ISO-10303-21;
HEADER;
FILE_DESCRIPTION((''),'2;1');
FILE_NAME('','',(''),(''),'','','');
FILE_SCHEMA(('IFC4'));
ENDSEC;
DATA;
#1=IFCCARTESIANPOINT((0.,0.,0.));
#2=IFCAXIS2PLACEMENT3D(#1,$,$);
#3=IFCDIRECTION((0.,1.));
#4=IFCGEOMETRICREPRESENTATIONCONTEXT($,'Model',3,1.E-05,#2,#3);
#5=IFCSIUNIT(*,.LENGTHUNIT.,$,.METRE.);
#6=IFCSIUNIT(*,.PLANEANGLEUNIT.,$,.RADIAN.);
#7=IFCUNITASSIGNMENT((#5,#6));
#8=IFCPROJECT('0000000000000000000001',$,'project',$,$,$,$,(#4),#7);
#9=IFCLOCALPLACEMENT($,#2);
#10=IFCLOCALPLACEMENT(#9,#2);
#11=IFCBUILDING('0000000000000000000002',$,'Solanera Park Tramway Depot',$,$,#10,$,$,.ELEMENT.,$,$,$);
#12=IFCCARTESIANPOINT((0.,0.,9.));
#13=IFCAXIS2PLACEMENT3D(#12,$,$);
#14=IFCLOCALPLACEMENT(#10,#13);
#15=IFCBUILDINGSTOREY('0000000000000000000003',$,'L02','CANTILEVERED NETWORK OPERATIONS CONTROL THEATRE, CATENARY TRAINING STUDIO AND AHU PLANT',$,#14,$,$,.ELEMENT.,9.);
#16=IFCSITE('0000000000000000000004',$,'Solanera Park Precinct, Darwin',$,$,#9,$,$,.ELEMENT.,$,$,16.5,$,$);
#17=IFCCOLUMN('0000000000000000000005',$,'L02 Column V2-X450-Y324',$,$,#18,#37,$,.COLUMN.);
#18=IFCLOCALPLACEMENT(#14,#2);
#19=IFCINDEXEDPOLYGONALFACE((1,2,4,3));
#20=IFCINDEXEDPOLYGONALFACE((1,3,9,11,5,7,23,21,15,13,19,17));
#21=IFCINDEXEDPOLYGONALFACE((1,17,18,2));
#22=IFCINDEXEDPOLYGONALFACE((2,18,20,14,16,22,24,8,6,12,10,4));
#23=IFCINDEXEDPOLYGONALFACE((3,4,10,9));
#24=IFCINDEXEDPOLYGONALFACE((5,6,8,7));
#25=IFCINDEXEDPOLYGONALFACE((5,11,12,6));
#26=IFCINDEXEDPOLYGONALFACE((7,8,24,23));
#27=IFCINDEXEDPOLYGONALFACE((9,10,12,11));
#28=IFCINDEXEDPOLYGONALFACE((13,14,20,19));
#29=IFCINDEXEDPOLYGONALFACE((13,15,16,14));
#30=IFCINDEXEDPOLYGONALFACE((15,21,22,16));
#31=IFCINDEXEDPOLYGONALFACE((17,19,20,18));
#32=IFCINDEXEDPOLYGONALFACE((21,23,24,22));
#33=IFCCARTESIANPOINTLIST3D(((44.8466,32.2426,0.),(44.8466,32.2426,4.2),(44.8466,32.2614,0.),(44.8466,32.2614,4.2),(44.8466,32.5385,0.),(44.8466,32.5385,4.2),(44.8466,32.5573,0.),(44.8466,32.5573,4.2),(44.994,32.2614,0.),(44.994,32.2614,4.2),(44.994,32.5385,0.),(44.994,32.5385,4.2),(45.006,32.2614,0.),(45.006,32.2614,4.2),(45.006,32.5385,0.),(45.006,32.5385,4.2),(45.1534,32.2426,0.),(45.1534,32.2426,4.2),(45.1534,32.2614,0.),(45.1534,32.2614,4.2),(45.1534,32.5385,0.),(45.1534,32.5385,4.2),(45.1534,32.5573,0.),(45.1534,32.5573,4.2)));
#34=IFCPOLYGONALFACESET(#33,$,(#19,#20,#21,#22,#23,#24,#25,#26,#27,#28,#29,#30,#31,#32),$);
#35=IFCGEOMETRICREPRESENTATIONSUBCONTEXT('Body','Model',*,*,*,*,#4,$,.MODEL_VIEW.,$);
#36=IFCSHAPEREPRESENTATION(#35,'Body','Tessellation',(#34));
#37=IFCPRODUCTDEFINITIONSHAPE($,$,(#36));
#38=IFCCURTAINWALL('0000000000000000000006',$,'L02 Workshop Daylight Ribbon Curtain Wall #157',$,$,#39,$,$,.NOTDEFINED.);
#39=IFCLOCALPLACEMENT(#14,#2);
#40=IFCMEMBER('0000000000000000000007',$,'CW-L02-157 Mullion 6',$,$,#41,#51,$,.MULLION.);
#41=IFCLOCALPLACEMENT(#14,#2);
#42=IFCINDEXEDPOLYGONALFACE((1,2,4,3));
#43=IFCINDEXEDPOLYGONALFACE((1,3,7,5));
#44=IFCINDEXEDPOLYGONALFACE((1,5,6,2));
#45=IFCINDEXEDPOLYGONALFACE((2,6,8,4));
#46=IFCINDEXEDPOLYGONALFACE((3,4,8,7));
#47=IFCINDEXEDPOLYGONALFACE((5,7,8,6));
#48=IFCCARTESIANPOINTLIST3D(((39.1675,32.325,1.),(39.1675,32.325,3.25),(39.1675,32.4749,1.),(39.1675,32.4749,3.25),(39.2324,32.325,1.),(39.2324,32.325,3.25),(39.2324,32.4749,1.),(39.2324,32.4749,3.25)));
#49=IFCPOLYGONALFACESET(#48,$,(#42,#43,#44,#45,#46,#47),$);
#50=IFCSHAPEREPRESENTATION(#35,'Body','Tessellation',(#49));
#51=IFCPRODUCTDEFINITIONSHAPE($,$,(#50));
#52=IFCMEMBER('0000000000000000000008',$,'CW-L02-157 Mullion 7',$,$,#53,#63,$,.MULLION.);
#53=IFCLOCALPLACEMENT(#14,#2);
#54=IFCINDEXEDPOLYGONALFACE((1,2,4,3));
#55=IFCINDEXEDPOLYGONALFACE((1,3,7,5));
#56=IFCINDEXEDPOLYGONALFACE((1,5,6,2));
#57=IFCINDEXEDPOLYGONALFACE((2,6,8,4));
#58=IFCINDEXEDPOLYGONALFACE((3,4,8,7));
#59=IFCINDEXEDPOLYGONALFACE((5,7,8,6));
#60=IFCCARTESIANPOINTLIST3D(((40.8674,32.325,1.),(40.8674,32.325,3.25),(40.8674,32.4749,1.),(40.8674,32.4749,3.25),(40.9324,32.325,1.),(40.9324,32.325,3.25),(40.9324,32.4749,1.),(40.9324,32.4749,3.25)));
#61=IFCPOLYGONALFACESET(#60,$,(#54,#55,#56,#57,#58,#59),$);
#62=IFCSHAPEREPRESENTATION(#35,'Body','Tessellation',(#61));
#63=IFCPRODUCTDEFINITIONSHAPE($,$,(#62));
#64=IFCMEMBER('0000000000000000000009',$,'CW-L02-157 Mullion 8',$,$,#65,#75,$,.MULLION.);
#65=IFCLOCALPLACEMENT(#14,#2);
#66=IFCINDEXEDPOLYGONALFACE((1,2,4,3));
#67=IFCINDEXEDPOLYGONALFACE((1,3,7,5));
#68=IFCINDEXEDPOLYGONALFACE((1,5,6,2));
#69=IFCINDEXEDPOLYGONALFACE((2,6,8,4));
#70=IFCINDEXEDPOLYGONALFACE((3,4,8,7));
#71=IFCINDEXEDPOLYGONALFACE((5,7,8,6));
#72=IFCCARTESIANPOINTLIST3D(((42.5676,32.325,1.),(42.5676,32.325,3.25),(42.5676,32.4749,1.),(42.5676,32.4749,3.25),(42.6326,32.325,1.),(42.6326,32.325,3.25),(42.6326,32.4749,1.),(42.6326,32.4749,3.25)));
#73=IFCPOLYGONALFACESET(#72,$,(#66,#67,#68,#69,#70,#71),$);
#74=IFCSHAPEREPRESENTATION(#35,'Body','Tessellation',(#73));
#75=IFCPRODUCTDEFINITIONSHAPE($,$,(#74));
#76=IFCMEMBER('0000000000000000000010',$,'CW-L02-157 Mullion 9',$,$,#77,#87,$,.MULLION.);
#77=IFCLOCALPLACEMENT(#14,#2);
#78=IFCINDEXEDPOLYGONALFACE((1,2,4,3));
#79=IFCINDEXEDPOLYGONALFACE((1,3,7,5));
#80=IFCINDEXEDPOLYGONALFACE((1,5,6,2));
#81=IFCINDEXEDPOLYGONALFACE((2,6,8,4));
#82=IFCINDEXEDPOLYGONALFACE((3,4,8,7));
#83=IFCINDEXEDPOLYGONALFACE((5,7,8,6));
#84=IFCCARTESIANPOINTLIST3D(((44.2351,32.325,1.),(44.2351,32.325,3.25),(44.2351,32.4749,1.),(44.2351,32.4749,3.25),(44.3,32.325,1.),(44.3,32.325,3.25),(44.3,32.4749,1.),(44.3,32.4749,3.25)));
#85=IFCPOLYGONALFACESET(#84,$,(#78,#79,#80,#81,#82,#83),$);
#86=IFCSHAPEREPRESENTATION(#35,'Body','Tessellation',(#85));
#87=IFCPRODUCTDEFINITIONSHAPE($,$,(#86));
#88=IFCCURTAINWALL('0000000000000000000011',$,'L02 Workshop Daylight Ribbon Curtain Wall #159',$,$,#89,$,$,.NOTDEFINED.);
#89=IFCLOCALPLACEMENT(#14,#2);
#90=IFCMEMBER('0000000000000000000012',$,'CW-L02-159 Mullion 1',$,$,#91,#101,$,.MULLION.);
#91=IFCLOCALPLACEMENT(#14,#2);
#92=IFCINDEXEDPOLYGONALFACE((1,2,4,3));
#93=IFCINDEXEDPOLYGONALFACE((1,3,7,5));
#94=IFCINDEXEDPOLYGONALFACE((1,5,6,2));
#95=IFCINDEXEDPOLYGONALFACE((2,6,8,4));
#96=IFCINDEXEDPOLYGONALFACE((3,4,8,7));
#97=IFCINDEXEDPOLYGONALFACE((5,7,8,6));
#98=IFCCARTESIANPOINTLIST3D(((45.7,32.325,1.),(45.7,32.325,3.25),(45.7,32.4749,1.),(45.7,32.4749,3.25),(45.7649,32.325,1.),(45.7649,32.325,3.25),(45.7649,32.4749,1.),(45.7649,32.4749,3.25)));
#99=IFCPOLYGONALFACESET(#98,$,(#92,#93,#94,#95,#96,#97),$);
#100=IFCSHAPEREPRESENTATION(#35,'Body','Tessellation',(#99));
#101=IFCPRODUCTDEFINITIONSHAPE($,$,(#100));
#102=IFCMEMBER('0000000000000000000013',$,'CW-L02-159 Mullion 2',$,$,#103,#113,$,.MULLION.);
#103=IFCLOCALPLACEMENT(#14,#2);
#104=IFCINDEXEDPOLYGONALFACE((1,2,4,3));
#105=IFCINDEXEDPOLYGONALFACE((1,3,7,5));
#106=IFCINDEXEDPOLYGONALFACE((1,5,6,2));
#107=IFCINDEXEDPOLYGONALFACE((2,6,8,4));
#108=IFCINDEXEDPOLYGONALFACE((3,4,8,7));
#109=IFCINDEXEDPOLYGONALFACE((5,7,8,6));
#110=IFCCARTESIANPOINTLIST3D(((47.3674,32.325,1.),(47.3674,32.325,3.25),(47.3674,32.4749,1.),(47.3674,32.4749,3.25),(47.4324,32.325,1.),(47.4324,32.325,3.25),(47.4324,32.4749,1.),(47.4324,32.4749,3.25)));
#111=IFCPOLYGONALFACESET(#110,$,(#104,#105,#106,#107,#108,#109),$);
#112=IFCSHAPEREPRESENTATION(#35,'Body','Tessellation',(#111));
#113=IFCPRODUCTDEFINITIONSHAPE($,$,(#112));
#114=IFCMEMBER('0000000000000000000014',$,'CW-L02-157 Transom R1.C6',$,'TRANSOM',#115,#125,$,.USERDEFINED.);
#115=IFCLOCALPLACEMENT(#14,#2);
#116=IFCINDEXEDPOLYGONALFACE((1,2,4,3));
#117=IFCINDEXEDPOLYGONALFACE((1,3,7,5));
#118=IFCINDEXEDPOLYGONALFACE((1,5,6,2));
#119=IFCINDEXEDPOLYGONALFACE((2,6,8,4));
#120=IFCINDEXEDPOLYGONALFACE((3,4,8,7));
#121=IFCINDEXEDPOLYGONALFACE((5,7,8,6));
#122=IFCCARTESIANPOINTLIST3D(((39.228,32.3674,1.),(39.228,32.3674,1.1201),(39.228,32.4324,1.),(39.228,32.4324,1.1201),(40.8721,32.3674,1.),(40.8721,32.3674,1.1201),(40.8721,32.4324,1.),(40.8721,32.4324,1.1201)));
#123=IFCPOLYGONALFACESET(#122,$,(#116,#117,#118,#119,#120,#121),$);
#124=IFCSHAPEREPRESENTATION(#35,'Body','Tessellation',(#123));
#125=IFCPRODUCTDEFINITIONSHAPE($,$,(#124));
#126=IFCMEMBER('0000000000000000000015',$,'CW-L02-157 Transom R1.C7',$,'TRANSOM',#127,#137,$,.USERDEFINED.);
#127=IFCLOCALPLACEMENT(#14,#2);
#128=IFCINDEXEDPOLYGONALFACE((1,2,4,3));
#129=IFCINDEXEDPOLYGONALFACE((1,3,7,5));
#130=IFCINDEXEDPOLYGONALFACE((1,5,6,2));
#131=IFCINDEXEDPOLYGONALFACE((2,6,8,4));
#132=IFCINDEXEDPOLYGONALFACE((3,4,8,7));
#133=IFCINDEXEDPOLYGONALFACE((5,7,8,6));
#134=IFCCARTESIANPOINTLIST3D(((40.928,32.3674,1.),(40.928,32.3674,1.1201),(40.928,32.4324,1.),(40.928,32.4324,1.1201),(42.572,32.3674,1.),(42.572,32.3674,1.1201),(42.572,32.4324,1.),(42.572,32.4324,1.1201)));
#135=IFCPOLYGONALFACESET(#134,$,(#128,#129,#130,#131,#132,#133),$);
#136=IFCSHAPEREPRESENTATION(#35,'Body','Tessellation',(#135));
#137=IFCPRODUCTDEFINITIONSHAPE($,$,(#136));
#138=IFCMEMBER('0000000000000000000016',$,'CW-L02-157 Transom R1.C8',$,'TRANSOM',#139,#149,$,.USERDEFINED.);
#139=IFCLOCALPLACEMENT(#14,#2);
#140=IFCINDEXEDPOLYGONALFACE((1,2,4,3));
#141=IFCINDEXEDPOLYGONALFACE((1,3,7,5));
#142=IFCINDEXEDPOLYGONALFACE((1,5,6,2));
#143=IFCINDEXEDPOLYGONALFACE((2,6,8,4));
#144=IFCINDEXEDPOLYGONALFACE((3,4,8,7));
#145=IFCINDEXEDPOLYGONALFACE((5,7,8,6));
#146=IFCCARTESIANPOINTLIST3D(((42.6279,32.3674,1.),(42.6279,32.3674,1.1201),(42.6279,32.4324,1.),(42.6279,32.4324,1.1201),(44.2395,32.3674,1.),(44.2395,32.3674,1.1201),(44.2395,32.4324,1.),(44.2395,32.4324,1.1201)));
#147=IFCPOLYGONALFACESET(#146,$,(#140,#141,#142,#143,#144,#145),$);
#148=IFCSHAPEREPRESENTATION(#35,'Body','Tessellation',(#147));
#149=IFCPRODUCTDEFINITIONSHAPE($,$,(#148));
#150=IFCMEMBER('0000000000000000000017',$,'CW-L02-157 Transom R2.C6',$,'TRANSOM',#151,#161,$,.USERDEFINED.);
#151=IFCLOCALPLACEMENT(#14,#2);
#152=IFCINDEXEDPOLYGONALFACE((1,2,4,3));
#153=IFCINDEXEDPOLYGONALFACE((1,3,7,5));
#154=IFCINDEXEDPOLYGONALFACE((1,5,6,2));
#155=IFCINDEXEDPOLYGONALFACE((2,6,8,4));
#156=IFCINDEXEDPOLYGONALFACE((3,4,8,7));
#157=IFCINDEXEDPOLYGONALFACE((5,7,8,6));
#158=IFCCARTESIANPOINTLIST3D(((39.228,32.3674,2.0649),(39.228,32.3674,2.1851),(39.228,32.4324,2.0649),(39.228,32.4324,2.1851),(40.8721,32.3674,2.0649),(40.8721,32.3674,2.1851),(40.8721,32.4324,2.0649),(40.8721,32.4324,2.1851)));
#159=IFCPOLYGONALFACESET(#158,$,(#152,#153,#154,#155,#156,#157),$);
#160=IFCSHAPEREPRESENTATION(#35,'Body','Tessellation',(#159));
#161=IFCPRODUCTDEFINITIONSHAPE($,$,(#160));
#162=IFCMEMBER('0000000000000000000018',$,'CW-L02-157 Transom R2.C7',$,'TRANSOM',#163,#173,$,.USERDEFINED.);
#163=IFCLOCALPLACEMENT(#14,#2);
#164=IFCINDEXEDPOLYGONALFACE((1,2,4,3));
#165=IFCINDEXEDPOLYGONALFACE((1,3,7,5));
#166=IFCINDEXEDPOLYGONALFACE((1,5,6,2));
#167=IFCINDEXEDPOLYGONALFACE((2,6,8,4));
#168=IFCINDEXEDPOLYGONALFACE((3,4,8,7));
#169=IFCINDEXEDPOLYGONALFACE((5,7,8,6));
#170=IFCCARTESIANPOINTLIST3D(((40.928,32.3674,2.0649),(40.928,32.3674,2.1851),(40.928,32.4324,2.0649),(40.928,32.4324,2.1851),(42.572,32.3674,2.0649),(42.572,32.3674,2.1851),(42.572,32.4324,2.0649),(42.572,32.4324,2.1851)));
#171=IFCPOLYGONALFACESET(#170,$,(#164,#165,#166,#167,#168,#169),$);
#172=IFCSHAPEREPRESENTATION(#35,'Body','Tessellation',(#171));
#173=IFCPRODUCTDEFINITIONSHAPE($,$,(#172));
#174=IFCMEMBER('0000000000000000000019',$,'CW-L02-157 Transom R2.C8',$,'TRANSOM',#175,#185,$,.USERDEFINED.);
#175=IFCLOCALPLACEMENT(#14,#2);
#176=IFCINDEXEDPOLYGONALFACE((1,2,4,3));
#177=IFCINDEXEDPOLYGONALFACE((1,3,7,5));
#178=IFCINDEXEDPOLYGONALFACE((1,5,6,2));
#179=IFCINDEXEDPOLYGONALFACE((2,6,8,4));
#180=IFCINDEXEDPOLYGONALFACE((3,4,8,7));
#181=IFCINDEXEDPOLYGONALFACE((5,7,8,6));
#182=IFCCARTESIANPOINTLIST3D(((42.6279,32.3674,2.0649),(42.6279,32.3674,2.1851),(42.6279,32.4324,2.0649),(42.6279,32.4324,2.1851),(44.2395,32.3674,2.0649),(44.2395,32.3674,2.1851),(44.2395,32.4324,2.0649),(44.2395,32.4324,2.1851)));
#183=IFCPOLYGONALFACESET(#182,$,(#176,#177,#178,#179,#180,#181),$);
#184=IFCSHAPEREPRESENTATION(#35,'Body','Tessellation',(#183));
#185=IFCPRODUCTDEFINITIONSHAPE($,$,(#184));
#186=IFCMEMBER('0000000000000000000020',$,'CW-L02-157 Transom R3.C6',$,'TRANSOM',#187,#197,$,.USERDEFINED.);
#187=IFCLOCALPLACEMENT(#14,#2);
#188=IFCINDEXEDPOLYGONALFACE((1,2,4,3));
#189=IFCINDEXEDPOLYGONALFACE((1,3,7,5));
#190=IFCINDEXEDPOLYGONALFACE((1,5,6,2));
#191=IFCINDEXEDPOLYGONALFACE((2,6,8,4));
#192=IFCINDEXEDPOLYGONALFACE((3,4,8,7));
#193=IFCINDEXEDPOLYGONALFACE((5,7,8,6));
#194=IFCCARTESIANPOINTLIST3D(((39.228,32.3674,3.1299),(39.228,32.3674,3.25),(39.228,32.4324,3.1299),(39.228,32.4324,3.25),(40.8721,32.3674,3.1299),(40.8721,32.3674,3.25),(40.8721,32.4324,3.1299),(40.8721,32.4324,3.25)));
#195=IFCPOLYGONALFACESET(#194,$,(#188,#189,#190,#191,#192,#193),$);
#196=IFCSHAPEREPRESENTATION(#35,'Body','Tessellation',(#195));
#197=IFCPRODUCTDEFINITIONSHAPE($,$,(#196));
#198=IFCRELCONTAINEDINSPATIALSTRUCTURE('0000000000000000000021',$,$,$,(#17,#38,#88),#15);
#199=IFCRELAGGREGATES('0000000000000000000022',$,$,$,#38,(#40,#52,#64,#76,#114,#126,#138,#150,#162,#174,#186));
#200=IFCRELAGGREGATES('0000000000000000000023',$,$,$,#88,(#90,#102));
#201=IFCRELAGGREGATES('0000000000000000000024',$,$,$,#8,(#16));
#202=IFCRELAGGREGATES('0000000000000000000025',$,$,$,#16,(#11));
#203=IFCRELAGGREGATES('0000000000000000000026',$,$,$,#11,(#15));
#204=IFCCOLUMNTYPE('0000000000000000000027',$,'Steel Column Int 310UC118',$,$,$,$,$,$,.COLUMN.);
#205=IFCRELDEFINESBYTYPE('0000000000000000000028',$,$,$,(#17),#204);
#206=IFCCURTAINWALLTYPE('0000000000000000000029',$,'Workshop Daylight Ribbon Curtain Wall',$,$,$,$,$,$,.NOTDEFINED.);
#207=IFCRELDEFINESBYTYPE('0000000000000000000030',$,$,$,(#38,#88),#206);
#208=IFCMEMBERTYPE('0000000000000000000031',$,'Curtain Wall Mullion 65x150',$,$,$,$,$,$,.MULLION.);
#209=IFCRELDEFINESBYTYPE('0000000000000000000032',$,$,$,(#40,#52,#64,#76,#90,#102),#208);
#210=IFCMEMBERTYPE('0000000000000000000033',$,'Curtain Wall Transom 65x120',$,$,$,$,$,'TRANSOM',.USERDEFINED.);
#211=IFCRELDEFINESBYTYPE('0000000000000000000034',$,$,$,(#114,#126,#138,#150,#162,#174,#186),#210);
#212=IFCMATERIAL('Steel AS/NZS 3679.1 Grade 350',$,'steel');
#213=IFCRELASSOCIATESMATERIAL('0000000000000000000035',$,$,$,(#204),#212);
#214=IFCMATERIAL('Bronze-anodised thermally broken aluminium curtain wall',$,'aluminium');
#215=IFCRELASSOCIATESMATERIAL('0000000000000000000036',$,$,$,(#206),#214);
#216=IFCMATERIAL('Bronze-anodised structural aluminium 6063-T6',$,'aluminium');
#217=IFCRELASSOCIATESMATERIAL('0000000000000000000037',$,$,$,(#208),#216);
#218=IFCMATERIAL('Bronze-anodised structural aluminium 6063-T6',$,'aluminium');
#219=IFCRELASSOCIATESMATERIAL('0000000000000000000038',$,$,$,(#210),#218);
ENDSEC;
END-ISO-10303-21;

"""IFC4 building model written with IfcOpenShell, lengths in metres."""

from ifc_helpers import new_model, si_unit, direction, frame, origin, origin_2d, place, context, subcontext, project, spatial, rectangle, i_section, extrude, material, material_profile, profile_set, type_object, element, aggregate, save


model = new_model("IFC4")

# Units and contexts
model_context = context("Model", 3, precision=1e-05, world=origin(), true_north=direction((0.0, 1.0)))
body_context = subcontext(model_context, "Body", "Model", "MODEL_VIEW")
ifc_project = project(units=[si_unit("LENGTHUNIT", "METRE"), si_unit("PLANEANGLEUNIT", "RADIAN")], contexts=[model_context])

# Site, building, storey
site_placement = place(None, origin())
site = spatial("IfcSite", under=ifc_project, at=site_placement, Name="Solanera Park Precinct, Darwin", CompositionType="ELEMENT", RefElevation=16.5)
building_placement = place(site_placement, origin())
building = spatial("IfcBuilding", under=site, at=building_placement, Name="Solanera Park Tramway Depot", CompositionType="ELEMENT")
storey_placement = place(building_placement, frame((0.0, 0.0, 9.0)))
storey = spatial("IfcBuildingStorey", under=building, at=storey_placement, Name="L02", Description="CANTILEVERED NETWORK OPERATIONS CONTROL THEATRE, CATENARY TRAINING STUDIO AND AHU PLANT", CompositionType="ELEMENT", Elevation=9.0)

# Column
ifc_material_1 = material(Name="Steel AS/NZS 3679.1 Grade 350", Category="steel")
ifc_material_profile_1 = material_profile(ifc_material_1, i_section(OverallWidth=0.3069, OverallDepth=0.3147, WebThickness=0.012, FlangeThickness=0.0188, at=origin_2d()), Name="310UC118")
ifc_profile_set_1 = profile_set([ifc_material_profile_1], Name="Steel AS/NZS 3679.1 Grade 350")
column_type = type_object("IfcColumnType", Name="Steel Column Int 310UC118", PredefinedType="COLUMN", material=ifc_profile_set_1)
column_placement = place(storey_placement, frame((45.0, 32.3999, 0.0), z_axis=(0.0, 0.0, 1.0), x_axis=(1.0, 0.0, 0.0)))
element("IfcColumn", 1, at=column_placement, inside=storey, type_object=column_type, Name="L02 Column V2-X450-Y324", PredefinedType="COLUMN", context=body_context, shape_type="SweptSolid", body=[
    extrude(i_section(OverallWidth=0.3069, OverallDepth=0.3147, WebThickness=0.012, FlangeThickness=0.0188, at=origin_2d()), origin(), (0.0, 0.0, 1.0), 4.2),
])

# Curtain walls, members
ifc_material_2 = material(Name="Bronze-anodised thermally broken aluminium curtain wall", Category="aluminium")
curtain_wall_type = type_object("IfcCurtainWallType", Name="Workshop Daylight Ribbon Curtain Wall", PredefinedType="NOTDEFINED", material=ifc_material_2)
curtain_wall_1_placement = place(storey_placement, origin())
curtain_wall_1 = element("IfcCurtainWall", 2, at=curtain_wall_1_placement, inside=storey, type_object=curtain_wall_type, Name="L02 Workshop Daylight Ribbon Curtain Wall #157", PredefinedType="NOTDEFINED")
ifc_material_3 = material(Name="Bronze-anodised structural aluminium 6063-T6", Category="aluminium")
ifc_material_profile_2 = material_profile(ifc_material_3, rectangle(XDim=0.0649, YDim=0.1499, at=origin_2d()), Name="Curtain Wall Mullion 65x150")
ifc_profile_set_2 = profile_set([ifc_material_profile_2], Name="Bronze-anodised structural aluminium 6063-T6")
member_type_1 = type_object("IfcMemberType", Name="Curtain Wall Mullion 65x150", PredefinedType="MULLION", material=ifc_profile_set_2)
member_1_placement = place(storey_placement, frame((39.2, 32.3999, 1.0), z_axis=(0.0, 0.0, 1.0), x_axis=(1.0, 0.0, 0.0)))
member_1 = element("IfcMember", 3, at=member_1_placement, type_object=member_type_1, Name="CW-L02-157 Mullion 6", PredefinedType="MULLION", context=body_context, shape_type="SweptSolid", body=[
    extrude(rectangle(XDim=0.0649, YDim=0.1499, at=origin_2d()), origin(), (0.0, 0.0, 1.0), 2.25),
])
member_2_placement = place(storey_placement, frame((40.8999, 32.3999, 1.0), z_axis=(0.0, 0.0, 1.0), x_axis=(1.0, 0.0, 0.0)))
member_2 = element("IfcMember", 4, at=member_2_placement, type_object=member_type_1, Name="CW-L02-157 Mullion 7", PredefinedType="MULLION", context=body_context, shape_type="SweptSolid", body=[
    extrude(rectangle(XDim=0.0649, YDim=0.1499, at=origin_2d()), origin(), (0.0, 0.0, 1.0), 2.25),
])
member_3_placement = place(storey_placement, frame((42.6001, 32.3999, 1.0), z_axis=(0.0, 0.0, 1.0), x_axis=(1.0, 0.0, 0.0)))
member_3 = element("IfcMember", 5, at=member_3_placement, type_object=member_type_1, Name="CW-L02-157 Mullion 8", PredefinedType="MULLION", context=body_context, shape_type="SweptSolid", body=[
    extrude(rectangle(XDim=0.0649, YDim=0.1499, at=origin_2d()), origin(), (0.0, 0.0, 1.0), 2.25),
])
member_4_placement = place(storey_placement, frame((44.2676, 32.3999, 1.0), z_axis=(0.0, 0.0, 1.0), x_axis=(1.0, 0.0, 0.0)))
member_4 = element("IfcMember", 6, at=member_4_placement, type_object=member_type_1, Name="CW-L02-157 Mullion 9", PredefinedType="MULLION", context=body_context, shape_type="SweptSolid", body=[
    extrude(rectangle(XDim=0.0649, YDim=0.1499, at=origin_2d()), origin(), (0.0, 0.0, 1.0), 2.25),
])
curtain_wall_2_placement = place(storey_placement, origin())
curtain_wall_2 = element("IfcCurtainWall", 7, at=curtain_wall_2_placement, inside=storey, type_object=curtain_wall_type, Name="L02 Workshop Daylight Ribbon Curtain Wall #159", PredefinedType="NOTDEFINED")
member_5_placement = place(storey_placement, frame((45.7324, 32.3999, 1.0), z_axis=(0.0, 0.0, 1.0), x_axis=(1.0, 0.0, 0.0)))
member_5 = element("IfcMember", 8, at=member_5_placement, type_object=member_type_1, Name="CW-L02-159 Mullion 1", PredefinedType="MULLION", context=body_context, shape_type="SweptSolid", body=[
    extrude(rectangle(XDim=0.0649, YDim=0.1499, at=origin_2d()), origin(), (0.0, 0.0, 1.0), 2.25),
])
member_6_placement = place(storey_placement, frame((47.3999, 32.3999, 1.0), z_axis=(0.0, 0.0, 1.0), x_axis=(1.0, 0.0, 0.0)))
member_6 = element("IfcMember", 9, at=member_6_placement, type_object=member_type_1, Name="CW-L02-159 Mullion 2", PredefinedType="MULLION", context=body_context, shape_type="SweptSolid", body=[
    extrude(rectangle(XDim=0.0649, YDim=0.1499, at=origin_2d()), origin(), (0.0, 0.0, 1.0), 2.25),
])

# Members
ifc_material_4 = material(Name="Bronze-anodised structural aluminium 6063-T6", Category="aluminium")
ifc_material_profile_3 = material_profile(ifc_material_4, rectangle(XDim=0.0649, YDim=0.1201, at=origin_2d()), Name="Curtain Wall Transom 65x120")
ifc_profile_set_3 = profile_set([ifc_material_profile_3], Name="Bronze-anodised structural aluminium 6063-T6")
member_type_2 = type_object("IfcMemberType", Name="Curtain Wall Transom 65x120", ElementType="TRANSOM", PredefinedType="USERDEFINED", material=ifc_profile_set_3)
member_7_placement = place(storey_placement, frame((39.228, 32.3999, 1.0601), z_axis=(1.0, 0.0, 0.0), x_axis=(0.0, 1.0, 0.0)))
member_7 = element("IfcMember", 10, at=member_7_placement, type_object=member_type_2, Name="CW-L02-157 Transom R1.C6", ObjectType="TRANSOM", PredefinedType="USERDEFINED", context=body_context, shape_type="SweptSolid", body=[
    extrude(rectangle(XDim=0.0649, YDim=0.1201, at=origin_2d()), origin(), (0.0, 0.0, 1.0), 1.644),
])
member_8_placement = place(storey_placement, frame((40.928, 32.3999, 1.0601), z_axis=(1.0, 0.0, 0.0), x_axis=(0.0, 1.0, 0.0)))
member_8 = element("IfcMember", 11, at=member_8_placement, type_object=member_type_2, Name="CW-L02-157 Transom R1.C7", ObjectType="TRANSOM", PredefinedType="USERDEFINED", context=body_context, shape_type="SweptSolid", body=[
    extrude(rectangle(XDim=0.0649, YDim=0.1201, at=origin_2d()), origin(), (0.0, 0.0, 1.0), 1.644),
])
member_9_placement = place(storey_placement, frame((42.6279, 32.3999, 1.0601), z_axis=(1.0, 0.0, 0.0), x_axis=(0.0, 1.0, 0.0)))
member_9 = element("IfcMember", 12, at=member_9_placement, type_object=member_type_2, Name="CW-L02-157 Transom R1.C8", ObjectType="TRANSOM", PredefinedType="USERDEFINED", context=body_context, shape_type="SweptSolid", body=[
    extrude(rectangle(XDim=0.0649, YDim=0.1201, at=origin_2d()), origin(), (0.0, 0.0, 1.0), 1.6116),
])
member_10_placement = place(storey_placement, frame((39.228, 32.3999, 2.125), z_axis=(1.0, 0.0, 0.0), x_axis=(0.0, 1.0, 0.0)))
member_10 = element("IfcMember", 13, at=member_10_placement, type_object=member_type_2, Name="CW-L02-157 Transom R2.C6", ObjectType="TRANSOM", PredefinedType="USERDEFINED", context=body_context, shape_type="SweptSolid", body=[
    extrude(rectangle(XDim=0.0649, YDim=0.1201, at=origin_2d()), origin(), (0.0, 0.0, 1.0), 1.644),
])
member_11_placement = place(storey_placement, frame((40.928, 32.3999, 2.125), z_axis=(1.0, 0.0, 0.0), x_axis=(0.0, 1.0, 0.0)))
member_11 = element("IfcMember", 14, at=member_11_placement, type_object=member_type_2, Name="CW-L02-157 Transom R2.C7", ObjectType="TRANSOM", PredefinedType="USERDEFINED", context=body_context, shape_type="SweptSolid", body=[
    extrude(rectangle(XDim=0.0649, YDim=0.1201, at=origin_2d()), origin(), (0.0, 0.0, 1.0), 1.644),
])
member_12_placement = place(storey_placement, frame((42.6279, 32.3999, 2.125), z_axis=(1.0, 0.0, 0.0), x_axis=(0.0, 1.0, 0.0)))
member_12 = element("IfcMember", 15, at=member_12_placement, type_object=member_type_2, Name="CW-L02-157 Transom R2.C8", ObjectType="TRANSOM", PredefinedType="USERDEFINED", context=body_context, shape_type="SweptSolid", body=[
    extrude(rectangle(XDim=0.0649, YDim=0.1201, at=origin_2d()), origin(), (0.0, 0.0, 1.0), 1.6116),
])
member_13_placement = place(storey_placement, frame((39.228, 32.3999, 3.1899), z_axis=(1.0, 0.0, 0.0), x_axis=(0.0, 1.0, 0.0)))
member_13 = element("IfcMember", 16, at=member_13_placement, type_object=member_type_2, Name="CW-L02-157 Transom R3.C6", ObjectType="TRANSOM", PredefinedType="USERDEFINED", context=body_context, shape_type="SweptSolid", body=[
    extrude(rectangle(XDim=0.0649, YDim=0.1201, at=origin_2d()), origin(), (0.0, 0.0, 1.0), 1.644),
])

aggregate(curtain_wall_1, [member_1, member_2, member_3, member_4, member_7, member_8, member_9, member_10, member_11, member_12, member_13])
aggregate(curtain_wall_2, [member_5, member_6])

save(model, "model.ifc")
